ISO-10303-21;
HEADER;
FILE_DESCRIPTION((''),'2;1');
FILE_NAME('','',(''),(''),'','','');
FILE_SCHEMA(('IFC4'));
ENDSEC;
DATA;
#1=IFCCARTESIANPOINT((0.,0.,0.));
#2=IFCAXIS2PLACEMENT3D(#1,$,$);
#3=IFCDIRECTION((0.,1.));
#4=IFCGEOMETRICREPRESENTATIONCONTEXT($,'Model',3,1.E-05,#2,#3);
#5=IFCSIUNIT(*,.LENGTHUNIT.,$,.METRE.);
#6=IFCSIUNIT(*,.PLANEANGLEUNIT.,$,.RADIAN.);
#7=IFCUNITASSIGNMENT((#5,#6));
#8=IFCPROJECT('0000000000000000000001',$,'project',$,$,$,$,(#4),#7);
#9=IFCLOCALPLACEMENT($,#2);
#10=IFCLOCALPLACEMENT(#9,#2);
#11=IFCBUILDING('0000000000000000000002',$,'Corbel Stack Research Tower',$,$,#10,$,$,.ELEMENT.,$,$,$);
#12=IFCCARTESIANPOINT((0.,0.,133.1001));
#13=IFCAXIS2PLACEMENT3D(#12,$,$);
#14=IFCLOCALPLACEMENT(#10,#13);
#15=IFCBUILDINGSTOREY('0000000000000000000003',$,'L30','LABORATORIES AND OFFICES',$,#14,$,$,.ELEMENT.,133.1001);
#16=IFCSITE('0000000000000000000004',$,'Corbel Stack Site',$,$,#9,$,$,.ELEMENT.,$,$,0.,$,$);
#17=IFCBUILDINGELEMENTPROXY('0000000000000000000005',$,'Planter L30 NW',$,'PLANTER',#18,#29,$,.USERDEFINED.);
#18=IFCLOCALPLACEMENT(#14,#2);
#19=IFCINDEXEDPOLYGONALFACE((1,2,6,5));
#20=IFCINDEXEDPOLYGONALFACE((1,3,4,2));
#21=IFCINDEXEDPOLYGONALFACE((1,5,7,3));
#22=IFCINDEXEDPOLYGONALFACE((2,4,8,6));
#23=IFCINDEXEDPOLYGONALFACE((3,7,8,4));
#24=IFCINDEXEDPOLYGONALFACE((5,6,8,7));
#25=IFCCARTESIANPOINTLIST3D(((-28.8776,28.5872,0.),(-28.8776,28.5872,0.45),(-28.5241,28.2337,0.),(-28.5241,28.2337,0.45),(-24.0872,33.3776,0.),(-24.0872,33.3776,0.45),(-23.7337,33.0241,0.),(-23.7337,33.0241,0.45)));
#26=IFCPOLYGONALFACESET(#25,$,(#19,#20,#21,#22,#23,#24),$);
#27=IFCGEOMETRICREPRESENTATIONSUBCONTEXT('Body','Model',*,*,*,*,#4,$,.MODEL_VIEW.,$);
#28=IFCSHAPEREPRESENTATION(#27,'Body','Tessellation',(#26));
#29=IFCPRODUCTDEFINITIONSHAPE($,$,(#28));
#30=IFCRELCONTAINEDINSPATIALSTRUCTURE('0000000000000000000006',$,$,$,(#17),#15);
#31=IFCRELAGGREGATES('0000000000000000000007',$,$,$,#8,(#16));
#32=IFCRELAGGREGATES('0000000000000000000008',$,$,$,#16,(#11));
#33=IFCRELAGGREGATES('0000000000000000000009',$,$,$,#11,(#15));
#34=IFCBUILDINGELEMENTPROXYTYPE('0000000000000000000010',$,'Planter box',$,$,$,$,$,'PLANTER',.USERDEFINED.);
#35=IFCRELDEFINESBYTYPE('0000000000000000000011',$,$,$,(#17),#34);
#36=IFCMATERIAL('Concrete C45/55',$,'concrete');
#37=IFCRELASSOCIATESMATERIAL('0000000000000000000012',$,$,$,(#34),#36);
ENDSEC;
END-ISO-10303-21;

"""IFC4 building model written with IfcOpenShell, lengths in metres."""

from ifc_helpers import new_model, si_unit, direction, frame, origin, origin_2d, place, context, subcontext, project, spatial, rectangle, extrude, material, type_object, element, save


model = new_model("IFC4")

# Units and contexts
model_context = context("Model", 3, precision=1e-05, world=origin(), true_north=direction((0.0, 1.0)))
body_context = subcontext(model_context, "Body", "Model", "MODEL_VIEW")
ifc_project = project(units=[si_unit("LENGTHUNIT", "METRE"), si_unit("PLANEANGLEUNIT", "RADIAN")], contexts=[model_context])

# Site, building, storey
site_placement = place(None, origin())
site = spatial("IfcSite", under=ifc_project, at=site_placement, Name="Corbel Stack Site", CompositionType="ELEMENT", RefElevation=0.0)
building_placement = place(site_placement, origin())
building = spatial("IfcBuilding", under=site, at=building_placement, Name="Corbel Stack Research Tower", CompositionType="ELEMENT")
storey_placement = place(building_placement, frame((0.0, 0.0, 133.1001)))
storey = spatial("IfcBuildingStorey", under=building, at=storey_placement, Name="L30", Description="LABORATORIES AND OFFICES", CompositionType="ELEMENT", Elevation=133.1001)

# Building element proxy
ifc_material_1 = material(Name="Concrete C45/55", Category="concrete")
building_element_proxy_type = type_object("IfcBuildingElementProxyType", Name="Planter box", ElementType="PLANTER", PredefinedType="USERDEFINED", material=ifc_material_1)
proxy_placement = place(storey_placement, frame((-26.3057, 30.8057, 0.0), z_axis=(0.0, 0.0, 1.0), x_axis=(-0.707107, -0.707107, 0.0)))
element("IfcBuildingElementProxy", 1, at=proxy_placement, inside=storey, type_object=building_element_proxy_type, Name="Planter L30 NW", ObjectType="PLANTER", PredefinedType="USERDEFINED", context=body_context, shape_type="SweptSolid", body=[
    extrude(rectangle(XDim=6.7747, YDim=0.5, at=origin_2d()), origin(), (0.0, 0.0, 1.0), 0.45),
])

save(model, "model.ifc")
